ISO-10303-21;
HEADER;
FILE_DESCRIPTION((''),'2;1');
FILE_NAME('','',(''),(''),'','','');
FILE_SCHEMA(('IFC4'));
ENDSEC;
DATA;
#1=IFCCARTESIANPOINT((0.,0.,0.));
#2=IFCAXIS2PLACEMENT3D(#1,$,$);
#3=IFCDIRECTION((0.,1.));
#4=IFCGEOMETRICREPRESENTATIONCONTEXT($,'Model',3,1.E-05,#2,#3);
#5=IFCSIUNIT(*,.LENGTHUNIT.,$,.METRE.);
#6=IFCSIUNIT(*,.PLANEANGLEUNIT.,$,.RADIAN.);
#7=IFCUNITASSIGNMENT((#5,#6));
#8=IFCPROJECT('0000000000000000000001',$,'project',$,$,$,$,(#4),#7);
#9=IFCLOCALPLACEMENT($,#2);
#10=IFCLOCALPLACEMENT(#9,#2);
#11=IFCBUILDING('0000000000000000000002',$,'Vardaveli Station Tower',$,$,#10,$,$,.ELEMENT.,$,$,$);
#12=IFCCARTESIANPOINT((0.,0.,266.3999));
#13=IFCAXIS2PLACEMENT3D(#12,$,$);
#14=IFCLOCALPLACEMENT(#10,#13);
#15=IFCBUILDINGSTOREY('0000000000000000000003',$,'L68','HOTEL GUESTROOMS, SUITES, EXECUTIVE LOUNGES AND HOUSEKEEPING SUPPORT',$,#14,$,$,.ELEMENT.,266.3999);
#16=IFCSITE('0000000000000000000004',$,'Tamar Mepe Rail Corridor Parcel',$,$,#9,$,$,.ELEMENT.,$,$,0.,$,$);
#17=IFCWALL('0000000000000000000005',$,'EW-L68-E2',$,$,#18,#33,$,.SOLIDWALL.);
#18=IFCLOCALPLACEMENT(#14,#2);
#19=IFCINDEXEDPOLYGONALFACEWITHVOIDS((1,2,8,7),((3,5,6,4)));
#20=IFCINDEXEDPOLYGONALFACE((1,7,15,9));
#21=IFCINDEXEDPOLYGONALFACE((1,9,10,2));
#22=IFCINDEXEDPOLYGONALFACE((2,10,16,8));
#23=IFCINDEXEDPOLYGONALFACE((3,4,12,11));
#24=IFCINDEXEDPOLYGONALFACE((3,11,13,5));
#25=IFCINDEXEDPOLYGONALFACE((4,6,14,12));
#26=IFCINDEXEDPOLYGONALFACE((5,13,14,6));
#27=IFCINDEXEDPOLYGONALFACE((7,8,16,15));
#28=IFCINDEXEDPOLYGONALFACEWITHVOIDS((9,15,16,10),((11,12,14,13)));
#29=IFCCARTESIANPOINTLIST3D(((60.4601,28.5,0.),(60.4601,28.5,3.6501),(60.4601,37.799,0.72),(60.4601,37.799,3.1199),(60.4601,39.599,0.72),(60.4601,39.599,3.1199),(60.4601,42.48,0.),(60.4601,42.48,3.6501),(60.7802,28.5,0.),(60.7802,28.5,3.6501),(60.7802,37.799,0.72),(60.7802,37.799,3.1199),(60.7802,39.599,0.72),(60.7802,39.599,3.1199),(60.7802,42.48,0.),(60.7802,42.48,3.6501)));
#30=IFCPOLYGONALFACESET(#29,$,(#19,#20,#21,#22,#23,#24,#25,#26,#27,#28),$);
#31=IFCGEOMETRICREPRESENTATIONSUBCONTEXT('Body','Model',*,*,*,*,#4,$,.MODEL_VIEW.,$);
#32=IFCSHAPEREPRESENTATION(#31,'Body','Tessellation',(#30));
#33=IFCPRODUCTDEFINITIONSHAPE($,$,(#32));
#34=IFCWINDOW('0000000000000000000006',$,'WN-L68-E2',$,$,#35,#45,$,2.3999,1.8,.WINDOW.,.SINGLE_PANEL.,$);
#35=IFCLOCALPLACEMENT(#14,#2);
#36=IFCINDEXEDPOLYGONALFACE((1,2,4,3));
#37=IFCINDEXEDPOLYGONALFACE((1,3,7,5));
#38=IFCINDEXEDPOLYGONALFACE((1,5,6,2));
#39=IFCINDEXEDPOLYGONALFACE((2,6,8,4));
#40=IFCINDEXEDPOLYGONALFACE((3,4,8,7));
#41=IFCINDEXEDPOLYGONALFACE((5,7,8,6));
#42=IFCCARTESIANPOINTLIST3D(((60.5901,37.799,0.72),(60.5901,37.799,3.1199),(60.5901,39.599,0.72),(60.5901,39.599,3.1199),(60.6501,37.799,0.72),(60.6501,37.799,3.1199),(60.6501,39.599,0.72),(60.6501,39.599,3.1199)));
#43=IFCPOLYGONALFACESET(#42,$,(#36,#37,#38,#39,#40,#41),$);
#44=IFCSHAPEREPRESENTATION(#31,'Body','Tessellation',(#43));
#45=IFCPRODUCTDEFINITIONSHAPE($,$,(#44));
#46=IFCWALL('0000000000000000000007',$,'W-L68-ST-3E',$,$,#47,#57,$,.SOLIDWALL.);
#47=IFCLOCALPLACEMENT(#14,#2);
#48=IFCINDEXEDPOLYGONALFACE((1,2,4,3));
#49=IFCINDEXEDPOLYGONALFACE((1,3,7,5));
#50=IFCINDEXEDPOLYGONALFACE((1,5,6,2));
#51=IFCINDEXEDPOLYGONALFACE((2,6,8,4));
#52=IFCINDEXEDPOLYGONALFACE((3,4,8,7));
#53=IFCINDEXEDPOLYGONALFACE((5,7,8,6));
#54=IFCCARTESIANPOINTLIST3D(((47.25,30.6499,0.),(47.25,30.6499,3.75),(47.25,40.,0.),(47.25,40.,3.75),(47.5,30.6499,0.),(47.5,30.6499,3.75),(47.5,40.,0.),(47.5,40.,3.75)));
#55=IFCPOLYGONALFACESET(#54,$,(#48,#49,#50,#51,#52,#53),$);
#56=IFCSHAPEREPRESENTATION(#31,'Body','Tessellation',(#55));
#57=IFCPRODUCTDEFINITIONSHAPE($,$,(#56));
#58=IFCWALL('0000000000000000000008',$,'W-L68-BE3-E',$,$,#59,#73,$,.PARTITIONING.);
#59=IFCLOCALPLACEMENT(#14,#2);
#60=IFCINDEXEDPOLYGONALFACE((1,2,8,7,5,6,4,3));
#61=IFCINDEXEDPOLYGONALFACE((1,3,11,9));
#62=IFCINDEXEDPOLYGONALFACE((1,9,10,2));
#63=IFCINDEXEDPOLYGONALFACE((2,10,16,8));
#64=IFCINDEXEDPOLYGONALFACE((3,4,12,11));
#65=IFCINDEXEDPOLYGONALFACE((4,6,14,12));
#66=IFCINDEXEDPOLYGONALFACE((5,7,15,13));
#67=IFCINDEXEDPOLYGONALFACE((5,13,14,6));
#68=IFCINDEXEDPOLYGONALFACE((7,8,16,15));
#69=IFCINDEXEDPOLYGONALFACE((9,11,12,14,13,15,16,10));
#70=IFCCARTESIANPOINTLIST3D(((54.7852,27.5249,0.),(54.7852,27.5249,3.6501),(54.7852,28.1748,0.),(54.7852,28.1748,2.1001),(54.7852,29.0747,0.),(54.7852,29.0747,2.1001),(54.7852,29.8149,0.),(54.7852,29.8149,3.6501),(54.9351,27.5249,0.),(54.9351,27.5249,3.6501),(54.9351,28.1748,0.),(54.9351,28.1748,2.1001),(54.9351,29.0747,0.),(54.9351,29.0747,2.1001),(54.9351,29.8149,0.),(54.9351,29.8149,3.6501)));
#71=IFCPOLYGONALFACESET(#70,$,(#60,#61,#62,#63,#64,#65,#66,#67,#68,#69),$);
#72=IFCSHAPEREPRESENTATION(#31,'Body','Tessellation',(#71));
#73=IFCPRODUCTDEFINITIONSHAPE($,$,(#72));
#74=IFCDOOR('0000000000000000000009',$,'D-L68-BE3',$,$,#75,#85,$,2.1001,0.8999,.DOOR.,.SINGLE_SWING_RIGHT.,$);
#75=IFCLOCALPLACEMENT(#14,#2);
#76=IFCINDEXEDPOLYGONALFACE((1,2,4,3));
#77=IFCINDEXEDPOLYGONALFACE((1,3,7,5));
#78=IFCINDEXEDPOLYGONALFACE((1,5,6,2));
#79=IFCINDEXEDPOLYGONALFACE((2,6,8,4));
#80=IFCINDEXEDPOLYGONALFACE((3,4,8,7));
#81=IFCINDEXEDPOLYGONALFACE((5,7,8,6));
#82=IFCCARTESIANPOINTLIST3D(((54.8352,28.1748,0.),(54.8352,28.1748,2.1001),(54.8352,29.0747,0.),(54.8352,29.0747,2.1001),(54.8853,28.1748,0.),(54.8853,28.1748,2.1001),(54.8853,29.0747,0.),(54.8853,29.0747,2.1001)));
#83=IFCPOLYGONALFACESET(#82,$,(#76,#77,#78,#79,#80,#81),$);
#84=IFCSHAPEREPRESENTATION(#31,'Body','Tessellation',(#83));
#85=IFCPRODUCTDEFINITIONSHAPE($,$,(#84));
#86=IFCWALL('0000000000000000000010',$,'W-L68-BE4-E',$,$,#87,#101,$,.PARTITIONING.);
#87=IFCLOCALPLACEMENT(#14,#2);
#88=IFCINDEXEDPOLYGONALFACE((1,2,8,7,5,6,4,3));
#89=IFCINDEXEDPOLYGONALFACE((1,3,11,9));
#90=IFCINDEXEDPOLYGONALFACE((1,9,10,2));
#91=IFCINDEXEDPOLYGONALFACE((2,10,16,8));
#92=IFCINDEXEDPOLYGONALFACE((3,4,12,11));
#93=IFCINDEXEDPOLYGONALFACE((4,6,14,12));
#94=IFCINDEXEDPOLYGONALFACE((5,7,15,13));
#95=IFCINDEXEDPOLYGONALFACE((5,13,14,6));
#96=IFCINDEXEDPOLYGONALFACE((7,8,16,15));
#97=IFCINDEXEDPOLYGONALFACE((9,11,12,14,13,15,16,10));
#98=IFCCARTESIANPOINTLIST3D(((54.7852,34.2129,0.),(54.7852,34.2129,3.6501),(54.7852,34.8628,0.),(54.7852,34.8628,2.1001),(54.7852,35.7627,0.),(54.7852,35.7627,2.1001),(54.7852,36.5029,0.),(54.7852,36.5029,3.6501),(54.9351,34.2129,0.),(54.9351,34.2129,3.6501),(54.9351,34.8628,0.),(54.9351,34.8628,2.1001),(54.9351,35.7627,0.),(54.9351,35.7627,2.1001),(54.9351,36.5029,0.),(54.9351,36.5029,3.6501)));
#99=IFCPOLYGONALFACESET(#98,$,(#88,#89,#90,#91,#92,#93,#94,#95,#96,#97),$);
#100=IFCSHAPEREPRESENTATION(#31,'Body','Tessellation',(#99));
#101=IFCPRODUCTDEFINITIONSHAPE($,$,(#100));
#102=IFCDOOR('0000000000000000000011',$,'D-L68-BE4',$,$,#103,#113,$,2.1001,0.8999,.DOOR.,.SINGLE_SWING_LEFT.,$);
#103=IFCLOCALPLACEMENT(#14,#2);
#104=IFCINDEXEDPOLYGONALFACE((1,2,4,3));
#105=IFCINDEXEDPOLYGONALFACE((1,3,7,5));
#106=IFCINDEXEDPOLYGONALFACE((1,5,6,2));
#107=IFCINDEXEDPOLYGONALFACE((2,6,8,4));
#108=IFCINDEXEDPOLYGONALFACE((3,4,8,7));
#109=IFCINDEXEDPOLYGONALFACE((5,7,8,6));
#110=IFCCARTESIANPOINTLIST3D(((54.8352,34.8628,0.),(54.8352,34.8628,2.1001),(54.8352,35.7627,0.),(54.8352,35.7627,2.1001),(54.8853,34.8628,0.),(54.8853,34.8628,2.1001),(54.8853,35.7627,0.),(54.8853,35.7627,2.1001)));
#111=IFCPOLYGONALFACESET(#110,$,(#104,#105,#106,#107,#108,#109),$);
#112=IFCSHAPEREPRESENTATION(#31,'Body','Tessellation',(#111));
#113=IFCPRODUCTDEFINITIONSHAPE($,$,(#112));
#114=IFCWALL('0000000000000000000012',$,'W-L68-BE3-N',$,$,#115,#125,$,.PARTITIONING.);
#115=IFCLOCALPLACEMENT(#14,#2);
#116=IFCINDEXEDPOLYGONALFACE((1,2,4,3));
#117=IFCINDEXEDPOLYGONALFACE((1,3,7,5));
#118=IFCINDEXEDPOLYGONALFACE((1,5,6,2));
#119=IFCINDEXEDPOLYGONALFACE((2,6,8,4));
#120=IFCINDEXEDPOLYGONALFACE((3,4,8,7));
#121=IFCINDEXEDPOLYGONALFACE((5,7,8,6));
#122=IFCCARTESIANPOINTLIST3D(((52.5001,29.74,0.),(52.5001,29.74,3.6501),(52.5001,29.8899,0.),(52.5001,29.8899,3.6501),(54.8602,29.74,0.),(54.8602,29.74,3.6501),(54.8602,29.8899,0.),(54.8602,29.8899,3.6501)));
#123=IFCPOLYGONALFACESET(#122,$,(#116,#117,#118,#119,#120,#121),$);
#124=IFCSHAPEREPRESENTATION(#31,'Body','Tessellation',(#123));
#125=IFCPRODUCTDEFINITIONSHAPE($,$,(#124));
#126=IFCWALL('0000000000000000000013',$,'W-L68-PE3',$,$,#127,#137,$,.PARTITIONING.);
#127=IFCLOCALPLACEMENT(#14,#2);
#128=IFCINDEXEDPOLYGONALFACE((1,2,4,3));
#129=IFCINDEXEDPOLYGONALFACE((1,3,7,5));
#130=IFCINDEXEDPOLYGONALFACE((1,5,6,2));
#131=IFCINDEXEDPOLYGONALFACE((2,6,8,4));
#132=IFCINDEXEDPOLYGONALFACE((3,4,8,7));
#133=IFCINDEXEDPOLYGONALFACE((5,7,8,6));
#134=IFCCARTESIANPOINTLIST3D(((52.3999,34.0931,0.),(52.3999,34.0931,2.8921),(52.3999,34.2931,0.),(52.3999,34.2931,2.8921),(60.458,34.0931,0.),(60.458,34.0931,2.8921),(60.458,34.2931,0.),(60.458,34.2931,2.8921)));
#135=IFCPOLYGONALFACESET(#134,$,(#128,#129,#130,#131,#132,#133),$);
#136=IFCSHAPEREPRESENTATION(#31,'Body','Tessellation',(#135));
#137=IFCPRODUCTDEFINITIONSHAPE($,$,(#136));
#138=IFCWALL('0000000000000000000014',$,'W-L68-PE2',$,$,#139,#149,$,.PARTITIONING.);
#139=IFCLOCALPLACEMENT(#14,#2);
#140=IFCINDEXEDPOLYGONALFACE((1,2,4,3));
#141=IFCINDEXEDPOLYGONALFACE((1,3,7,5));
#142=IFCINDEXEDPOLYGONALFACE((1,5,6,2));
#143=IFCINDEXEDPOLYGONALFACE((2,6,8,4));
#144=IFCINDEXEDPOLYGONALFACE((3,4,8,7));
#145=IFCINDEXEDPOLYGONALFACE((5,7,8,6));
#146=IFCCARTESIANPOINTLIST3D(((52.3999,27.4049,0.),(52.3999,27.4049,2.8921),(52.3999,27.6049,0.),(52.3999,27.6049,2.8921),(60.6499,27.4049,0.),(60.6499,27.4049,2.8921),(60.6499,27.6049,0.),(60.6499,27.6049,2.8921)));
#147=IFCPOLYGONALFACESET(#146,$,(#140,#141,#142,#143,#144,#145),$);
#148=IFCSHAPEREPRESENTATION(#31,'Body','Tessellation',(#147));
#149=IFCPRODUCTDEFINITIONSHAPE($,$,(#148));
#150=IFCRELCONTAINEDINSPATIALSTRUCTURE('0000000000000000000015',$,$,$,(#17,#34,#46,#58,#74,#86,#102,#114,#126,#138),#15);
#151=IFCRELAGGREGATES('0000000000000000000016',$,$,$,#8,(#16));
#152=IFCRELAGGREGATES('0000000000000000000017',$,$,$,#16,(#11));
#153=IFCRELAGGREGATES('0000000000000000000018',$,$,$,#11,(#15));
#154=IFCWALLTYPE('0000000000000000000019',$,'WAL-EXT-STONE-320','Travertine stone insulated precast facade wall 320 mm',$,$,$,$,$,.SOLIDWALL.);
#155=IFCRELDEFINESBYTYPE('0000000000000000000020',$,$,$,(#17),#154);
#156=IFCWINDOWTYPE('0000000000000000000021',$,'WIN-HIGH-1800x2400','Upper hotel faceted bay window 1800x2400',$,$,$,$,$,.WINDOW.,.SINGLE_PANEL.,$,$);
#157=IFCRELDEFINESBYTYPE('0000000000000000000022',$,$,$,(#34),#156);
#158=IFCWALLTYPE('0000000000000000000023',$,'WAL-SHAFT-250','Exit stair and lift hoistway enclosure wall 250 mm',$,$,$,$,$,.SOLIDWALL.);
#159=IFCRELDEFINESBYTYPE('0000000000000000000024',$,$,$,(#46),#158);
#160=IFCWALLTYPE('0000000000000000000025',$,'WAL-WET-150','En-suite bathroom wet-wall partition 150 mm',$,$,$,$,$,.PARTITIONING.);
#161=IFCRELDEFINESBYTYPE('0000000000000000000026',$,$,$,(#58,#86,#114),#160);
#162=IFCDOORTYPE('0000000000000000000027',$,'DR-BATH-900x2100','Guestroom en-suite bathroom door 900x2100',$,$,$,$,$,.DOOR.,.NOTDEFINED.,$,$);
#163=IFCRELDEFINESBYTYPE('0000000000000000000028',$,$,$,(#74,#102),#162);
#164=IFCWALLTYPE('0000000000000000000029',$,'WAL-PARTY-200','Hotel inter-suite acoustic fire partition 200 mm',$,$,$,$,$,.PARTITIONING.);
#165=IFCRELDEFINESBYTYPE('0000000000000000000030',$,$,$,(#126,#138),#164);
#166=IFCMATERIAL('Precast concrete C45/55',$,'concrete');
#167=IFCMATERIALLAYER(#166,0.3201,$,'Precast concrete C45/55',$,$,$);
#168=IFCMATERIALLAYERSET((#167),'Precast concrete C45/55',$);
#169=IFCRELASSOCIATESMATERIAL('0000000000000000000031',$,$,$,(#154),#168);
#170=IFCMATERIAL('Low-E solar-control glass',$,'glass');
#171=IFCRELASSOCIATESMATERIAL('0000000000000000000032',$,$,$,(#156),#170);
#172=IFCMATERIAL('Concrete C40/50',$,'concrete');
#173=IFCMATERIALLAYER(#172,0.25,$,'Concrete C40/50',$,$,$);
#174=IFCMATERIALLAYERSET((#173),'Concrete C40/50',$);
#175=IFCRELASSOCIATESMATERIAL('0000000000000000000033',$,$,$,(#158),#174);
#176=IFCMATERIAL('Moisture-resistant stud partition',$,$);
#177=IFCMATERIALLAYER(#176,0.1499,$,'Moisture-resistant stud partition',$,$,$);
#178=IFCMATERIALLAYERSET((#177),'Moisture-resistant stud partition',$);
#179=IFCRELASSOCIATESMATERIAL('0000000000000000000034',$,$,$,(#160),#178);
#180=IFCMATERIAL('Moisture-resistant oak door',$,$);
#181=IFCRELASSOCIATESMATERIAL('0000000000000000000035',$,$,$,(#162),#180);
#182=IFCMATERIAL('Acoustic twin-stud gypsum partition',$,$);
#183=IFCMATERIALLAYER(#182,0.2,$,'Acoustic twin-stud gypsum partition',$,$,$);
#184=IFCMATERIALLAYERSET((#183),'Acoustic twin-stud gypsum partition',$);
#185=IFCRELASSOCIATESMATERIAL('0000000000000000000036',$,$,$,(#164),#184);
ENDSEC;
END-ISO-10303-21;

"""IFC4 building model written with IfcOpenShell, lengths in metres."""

from ifc_helpers import new_model, si_unit, direction, frame, frame_2d, origin, place, context, subcontext, project, spatial, rectangle, extrude, source, transform, mapped, material, layer, layer_set, type_object, element, fill, save


model = new_model("IFC4")

# Units and contexts
model_context = context("Model", 3, precision=1e-05, world=origin(), true_north=direction((0.0, 1.0)))
body_context = subcontext(model_context, "Body", "Model", "MODEL_VIEW")
ifc_project = project(units=[si_unit("LENGTHUNIT", "METRE"), si_unit("PLANEANGLEUNIT", "RADIAN")], contexts=[model_context])

# Site, building, storey
site_placement = place(None, origin())
site = spatial("IfcSite", under=ifc_project, at=site_placement, Name="Tamar Mepe Rail Corridor Parcel", CompositionType="ELEMENT", RefElevation=0.0)
building_placement = place(site_placement, origin())
building = spatial("IfcBuilding", under=site, at=building_placement, Name="Vardaveli Station Tower", CompositionType="ELEMENT")
storey_placement = place(building_placement, frame((0.0, 0.0, 266.3999)))
storey = spatial("IfcBuildingStorey", under=building, at=storey_placement, Name="L68", Description="HOTEL GUESTROOMS, SUITES, EXECUTIVE LOUNGES AND HOUSEKEEPING SUPPORT", CompositionType="ELEMENT", Elevation=266.3999)

# Shared definitions
ifc_material_1 = material(Name="Precast concrete C45/55", Category="concrete")

# Wall, opening, window
ifc_layer_1 = layer(ifc_material_1, 0.3201, Name="Precast concrete C45/55")
ifc_layer_set_1 = layer_set([ifc_layer_1], Name="Precast concrete C45/55")
wall_type_1 = type_object("IfcWallType", Name="WAL-EXT-STONE-320", Description="Travertine stone insulated precast facade wall 320 mm", PredefinedType="SOLIDWALL", material=ifc_layer_set_1)
shared_shape_1 = source(origin(), body_context, "Body", "SweptSolid", [
    extrude(rectangle(XDim=13.98, YDim=0.3201, at=frame_2d((6.99, 0.0))), origin(), (0.0, 0.0, 1.0), 3.6501),
])
wall_1_placement = place(storey_placement, frame((60.6201, 28.5, 0.0), z_axis=(0.0, 0.0, 1.0), x_axis=(0.0, 1.0, 0.0)))
wall_1 = element("IfcWall", 1, at=wall_1_placement, inside=storey, type_object=wall_type_1, Name="EW-L68-E2", PredefinedType="SOLIDWALL", context=body_context, shape_type="MappedRepresentation", body=[
    mapped(shared_shape_1, transform((0.0, 0.0, 0.0), scale=1.0)),
])
shared_shape_2 = source(origin(), body_context, "Body", "SweptSolid", [
    extrude(rectangle(XDim=1.8, YDim=2.3999, at=frame_2d((0.8999, 1.2))), frame((0.0, 0.1699, 0.0), z_axis=(0.0, -1.0, 0.0), x_axis=(1.0, 0.0, 0.0)), (0.0, 0.0, 1.0), 0.3401),
])
opening_1_placement = place(wall_1_placement, frame((9.2991, 0.0, 0.72)))
opening_1 = element("IfcOpeningElement", 2, at=opening_1_placement, cuts=wall_1, PredefinedType="OPENING", context=body_context, shape_type="MappedRepresentation", body=[
    mapped(shared_shape_2, transform((0.0, 0.0, 0.0), scale=1.0)),
])
ifc_material_2 = material(Name="Low-E solar-control glass", Category="glass")
window_type = type_object("IfcWindowType", Name="WIN-HIGH-1800x2400", Description="Upper hotel faceted bay window 1800x2400", PartitioningType="SINGLE_PANEL", PredefinedType="WINDOW", material=ifc_material_2)
shared_shape_3 = source(origin(), body_context, "Body", "SweptSolid", [
    extrude(rectangle(XDim=1.8, YDim=2.3999, at=frame_2d((0.8999, 1.2))), frame((0.0, 0.03, 0.0), z_axis=(0.0, -1.0, 0.0), x_axis=(1.0, 0.0, 0.0)), (0.0, 0.0, 1.0), 0.0601),
])
window_placement = place(opening_1_placement, origin())
window = element("IfcWindow", 3, at=window_placement, inside=storey, type_object=window_type, Name="WN-L68-E2", OverallHeight=2.3999, OverallWidth=1.8, PartitioningType="SINGLE_PANEL", PredefinedType="WINDOW", context=body_context, shape_type="MappedRepresentation", body=[
    mapped(shared_shape_3, transform((0.0, 0.0, 0.0), scale=1.0)),
])
fill(opening_1, window)

# Wall
ifc_material_3 = material(Name="Concrete C40/50", Category="concrete")
ifc_layer_2 = layer(ifc_material_3, 0.25, Name="Concrete C40/50")
ifc_layer_set_2 = layer_set([ifc_layer_2], Name="Concrete C40/50")
wall_type_2 = type_object("IfcWallType", Name="WAL-SHAFT-250", Description="Exit stair and lift hoistway enclosure wall 250 mm", PredefinedType="SOLIDWALL", material=ifc_layer_set_2)
shared_shape_4 = source(origin(), body_context, "Body", "SweptSolid", [
    extrude(rectangle(XDim=9.3501, YDim=0.25, at=frame_2d((4.675, 0.0))), origin(), (0.0, 0.0, 1.0), 3.75),
])
wall_2_placement = place(storey_placement, frame((47.375, 30.6499, 0.0), z_axis=(0.0, 0.0, 1.0), x_axis=(0.0, 1.0, 0.0)))
element("IfcWall", 4, at=wall_2_placement, inside=storey, type_object=wall_type_2, Name="W-L68-ST-3E", PredefinedType="SOLIDWALL", context=body_context, shape_type="MappedRepresentation", body=[
    mapped(shared_shape_4, transform((0.0, 0.0, 0.0), scale=1.0)),
])

# Walls, openings, doors
ifc_material_4 = material(Name="Moisture-resistant stud partition")
ifc_layer_3 = layer(ifc_material_4, 0.1499, Name="Moisture-resistant stud partition")
ifc_layer_set_3 = layer_set([ifc_layer_3], Name="Moisture-resistant stud partition")
wall_type_3 = type_object("IfcWallType", Name="WAL-WET-150", Description="En-suite bathroom wet-wall partition 150 mm", PredefinedType="PARTITIONING", material=ifc_layer_set_3)
shared_shape_5 = source(origin(), body_context, "Body", "SweptSolid", [
    extrude(rectangle(XDim=2.29, YDim=0.1499, at=frame_2d((1.145, 0.0))), origin(), (0.0, 0.0, 1.0), 3.6501),
])
wall_3_placement = place(storey_placement, frame((54.8601, 27.5249, 0.0), z_axis=(0.0, 0.0, 1.0), x_axis=(0.0, 1.0, 0.0)))
wall_3 = element("IfcWall", 5, at=wall_3_placement, inside=storey, type_object=wall_type_3, Name="W-L68-BE3-E", PredefinedType="PARTITIONING", context=body_context, shape_type="MappedRepresentation", body=[
    mapped(shared_shape_5, transform((0.0, 0.0, 0.0), scale=1.0)),
])
shared_shape_6 = source(origin(), body_context, "Body", "SweptSolid", [
    extrude(rectangle(XDim=0.8999, YDim=2.1001, at=frame_2d((0.45, 1.05))), frame((0.0, 0.085, 0.0), z_axis=(0.0, -1.0, 0.0), x_axis=(1.0, 0.0, 0.0)), (0.0, 0.0, 1.0), 0.1699),
])
opening_2_placement = place(wall_3_placement, frame((0.6499, 0.0, 0.0)))
opening_2 = element("IfcOpeningElement", 6, at=opening_2_placement, cuts=wall_3, PredefinedType="OPENING", context=body_context, shape_type="MappedRepresentation", body=[
    mapped(shared_shape_6, transform((0.0, 0.0, 0.0), scale=1.0)),
])
ifc_material_5 = material(Name="Moisture-resistant oak door")
door_type = type_object("IfcDoorType", Name="DR-BATH-900x2100", Description="Guestroom en-suite bathroom door 900x2100", OperationType="NOTDEFINED", PredefinedType="DOOR", material=ifc_material_5)
shared_shape_7 = source(origin(), body_context, "Body", "SweptSolid", [
    extrude(rectangle(XDim=0.8999, YDim=2.1001, at=frame_2d((0.45, 1.05))), frame((0.0, 0.0249, 0.0), z_axis=(0.0, -1.0, 0.0), x_axis=(1.0, 0.0, 0.0)), (0.0, 0.0, 1.0), 0.05),
])
door_1_placement = place(opening_2_placement, origin())
door_1 = element("IfcDoor", 7, at=door_1_placement, inside=storey, type_object=door_type, Name="D-L68-BE3", OperationType="SINGLE_SWING_RIGHT", OverallHeight=2.1001, OverallWidth=0.8999, PredefinedType="DOOR", context=body_context, shape_type="MappedRepresentation", body=[
    mapped(shared_shape_7, transform((0.0, 0.0, 0.0), scale=1.0)),
])
fill(opening_2, door_1)
wall_4_placement = place(storey_placement, frame((54.8601, 34.2129, 0.0), z_axis=(0.0, 0.0, 1.0), x_axis=(0.0, 1.0, 0.0)))
wall_4 = element("IfcWall", 8, at=wall_4_placement, inside=storey, type_object=wall_type_3, Name="W-L68-BE4-E", PredefinedType="PARTITIONING", context=body_context, shape_type="MappedRepresentation", body=[
    mapped(shared_shape_5, transform((0.0, 0.0, 0.0), scale=1.0)),
])
opening_3_placement = place(wall_4_placement, frame((0.6499, 0.0, 0.0)))
opening_3 = element("IfcOpeningElement", 9, at=opening_3_placement, cuts=wall_4, PredefinedType="OPENING", context=body_context, shape_type="MappedRepresentation", body=[
    mapped(shared_shape_6, transform((0.0, 0.0, 0.0), scale=1.0)),
])
door_2_placement = place(opening_3_placement, origin())
door_2 = element("IfcDoor", 10, at=door_2_placement, inside=storey, type_object=door_type, Name="D-L68-BE4", OperationType="SINGLE_SWING_LEFT", OverallHeight=2.1001, OverallWidth=0.8999, PredefinedType="DOOR", context=body_context, shape_type="MappedRepresentation", body=[
    mapped(shared_shape_7, transform((0.0, 0.0, 0.0), scale=1.0)),
])
fill(opening_3, door_2)

# Walls
shared_shape_8 = source(origin(), body_context, "Body", "SweptSolid", [
    extrude(rectangle(XDim=2.3601, YDim=0.1499, at=frame_2d((1.1802, 0.0))), origin(), (0.0, 0.0, 1.0), 3.6501),
])
wall_5_placement = place(storey_placement, frame((52.5, 29.8149, 0.0), z_axis=(0.0, 0.0, 1.0), x_axis=(1.0, 0.0, 0.0)))
element("IfcWall", 11, at=wall_5_placement, inside=storey, type_object=wall_type_3, Name="W-L68-BE3-N", PredefinedType="PARTITIONING", context=body_context, shape_type="MappedRepresentation", body=[
    mapped(shared_shape_8, transform((0.0, 0.0, 0.0), scale=1.0)),
])
ifc_material_6 = material(Name="Acoustic twin-stud gypsum partition")
ifc_layer_4 = layer(ifc_material_6, 0.2, Name="Acoustic twin-stud gypsum partition")
ifc_layer_set_4 = layer_set([ifc_layer_4], Name="Acoustic twin-stud gypsum partition")
wall_type_4 = type_object("IfcWallType", Name="WAL-PARTY-200", Description="Hotel inter-suite acoustic fire partition 200 mm", PredefinedType="PARTITIONING", material=ifc_layer_set_4)
shared_shape_9 = source(origin(), body_context, "Body", "SweptSolid", [
    extrude(rectangle(XDim=8.0581, YDim=0.2, at=frame_2d((4.0291, 0.0))), origin(), (0.0, 0.0, 1.0), 2.8921),
])
wall_6_placement = place(storey_placement, frame((52.3999, 34.1931, 0.0), z_axis=(0.0, 0.0, 1.0), x_axis=(1.0, 0.0, 0.0)))
element("IfcWall", 12, at=wall_6_placement, inside=storey, type_object=wall_type_4, Name="W-L68-PE3", PredefinedType="PARTITIONING", context=body_context, shape_type="MappedRepresentation", body=[
    mapped(shared_shape_9, transform((0.0, 0.0, 0.0), scale=1.0)),
])
shared_shape_10 = source(origin(), body_context, "Body", "SweptSolid", [
    extrude(rectangle(XDim=8.25, YDim=0.2, at=frame_2d((4.125, 0.0))), origin(), (0.0, 0.0, 1.0), 2.8921),
])
wall_7_placement = place(storey_placement, frame((52.3999, 27.5049, 0.0), z_axis=(0.0, 0.0, 1.0), x_axis=(1.0, 0.0, 0.0)))
element("IfcWall", 13, at=wall_7_placement, inside=storey, type_object=wall_type_4, Name="W-L68-PE2", PredefinedType="PARTITIONING", context=body_context, shape_type="MappedRepresentation", body=[
    mapped(shared_shape_10, transform((0.0, 0.0, 0.0), scale=1.0)),
])

save(model, "model.ifc")
